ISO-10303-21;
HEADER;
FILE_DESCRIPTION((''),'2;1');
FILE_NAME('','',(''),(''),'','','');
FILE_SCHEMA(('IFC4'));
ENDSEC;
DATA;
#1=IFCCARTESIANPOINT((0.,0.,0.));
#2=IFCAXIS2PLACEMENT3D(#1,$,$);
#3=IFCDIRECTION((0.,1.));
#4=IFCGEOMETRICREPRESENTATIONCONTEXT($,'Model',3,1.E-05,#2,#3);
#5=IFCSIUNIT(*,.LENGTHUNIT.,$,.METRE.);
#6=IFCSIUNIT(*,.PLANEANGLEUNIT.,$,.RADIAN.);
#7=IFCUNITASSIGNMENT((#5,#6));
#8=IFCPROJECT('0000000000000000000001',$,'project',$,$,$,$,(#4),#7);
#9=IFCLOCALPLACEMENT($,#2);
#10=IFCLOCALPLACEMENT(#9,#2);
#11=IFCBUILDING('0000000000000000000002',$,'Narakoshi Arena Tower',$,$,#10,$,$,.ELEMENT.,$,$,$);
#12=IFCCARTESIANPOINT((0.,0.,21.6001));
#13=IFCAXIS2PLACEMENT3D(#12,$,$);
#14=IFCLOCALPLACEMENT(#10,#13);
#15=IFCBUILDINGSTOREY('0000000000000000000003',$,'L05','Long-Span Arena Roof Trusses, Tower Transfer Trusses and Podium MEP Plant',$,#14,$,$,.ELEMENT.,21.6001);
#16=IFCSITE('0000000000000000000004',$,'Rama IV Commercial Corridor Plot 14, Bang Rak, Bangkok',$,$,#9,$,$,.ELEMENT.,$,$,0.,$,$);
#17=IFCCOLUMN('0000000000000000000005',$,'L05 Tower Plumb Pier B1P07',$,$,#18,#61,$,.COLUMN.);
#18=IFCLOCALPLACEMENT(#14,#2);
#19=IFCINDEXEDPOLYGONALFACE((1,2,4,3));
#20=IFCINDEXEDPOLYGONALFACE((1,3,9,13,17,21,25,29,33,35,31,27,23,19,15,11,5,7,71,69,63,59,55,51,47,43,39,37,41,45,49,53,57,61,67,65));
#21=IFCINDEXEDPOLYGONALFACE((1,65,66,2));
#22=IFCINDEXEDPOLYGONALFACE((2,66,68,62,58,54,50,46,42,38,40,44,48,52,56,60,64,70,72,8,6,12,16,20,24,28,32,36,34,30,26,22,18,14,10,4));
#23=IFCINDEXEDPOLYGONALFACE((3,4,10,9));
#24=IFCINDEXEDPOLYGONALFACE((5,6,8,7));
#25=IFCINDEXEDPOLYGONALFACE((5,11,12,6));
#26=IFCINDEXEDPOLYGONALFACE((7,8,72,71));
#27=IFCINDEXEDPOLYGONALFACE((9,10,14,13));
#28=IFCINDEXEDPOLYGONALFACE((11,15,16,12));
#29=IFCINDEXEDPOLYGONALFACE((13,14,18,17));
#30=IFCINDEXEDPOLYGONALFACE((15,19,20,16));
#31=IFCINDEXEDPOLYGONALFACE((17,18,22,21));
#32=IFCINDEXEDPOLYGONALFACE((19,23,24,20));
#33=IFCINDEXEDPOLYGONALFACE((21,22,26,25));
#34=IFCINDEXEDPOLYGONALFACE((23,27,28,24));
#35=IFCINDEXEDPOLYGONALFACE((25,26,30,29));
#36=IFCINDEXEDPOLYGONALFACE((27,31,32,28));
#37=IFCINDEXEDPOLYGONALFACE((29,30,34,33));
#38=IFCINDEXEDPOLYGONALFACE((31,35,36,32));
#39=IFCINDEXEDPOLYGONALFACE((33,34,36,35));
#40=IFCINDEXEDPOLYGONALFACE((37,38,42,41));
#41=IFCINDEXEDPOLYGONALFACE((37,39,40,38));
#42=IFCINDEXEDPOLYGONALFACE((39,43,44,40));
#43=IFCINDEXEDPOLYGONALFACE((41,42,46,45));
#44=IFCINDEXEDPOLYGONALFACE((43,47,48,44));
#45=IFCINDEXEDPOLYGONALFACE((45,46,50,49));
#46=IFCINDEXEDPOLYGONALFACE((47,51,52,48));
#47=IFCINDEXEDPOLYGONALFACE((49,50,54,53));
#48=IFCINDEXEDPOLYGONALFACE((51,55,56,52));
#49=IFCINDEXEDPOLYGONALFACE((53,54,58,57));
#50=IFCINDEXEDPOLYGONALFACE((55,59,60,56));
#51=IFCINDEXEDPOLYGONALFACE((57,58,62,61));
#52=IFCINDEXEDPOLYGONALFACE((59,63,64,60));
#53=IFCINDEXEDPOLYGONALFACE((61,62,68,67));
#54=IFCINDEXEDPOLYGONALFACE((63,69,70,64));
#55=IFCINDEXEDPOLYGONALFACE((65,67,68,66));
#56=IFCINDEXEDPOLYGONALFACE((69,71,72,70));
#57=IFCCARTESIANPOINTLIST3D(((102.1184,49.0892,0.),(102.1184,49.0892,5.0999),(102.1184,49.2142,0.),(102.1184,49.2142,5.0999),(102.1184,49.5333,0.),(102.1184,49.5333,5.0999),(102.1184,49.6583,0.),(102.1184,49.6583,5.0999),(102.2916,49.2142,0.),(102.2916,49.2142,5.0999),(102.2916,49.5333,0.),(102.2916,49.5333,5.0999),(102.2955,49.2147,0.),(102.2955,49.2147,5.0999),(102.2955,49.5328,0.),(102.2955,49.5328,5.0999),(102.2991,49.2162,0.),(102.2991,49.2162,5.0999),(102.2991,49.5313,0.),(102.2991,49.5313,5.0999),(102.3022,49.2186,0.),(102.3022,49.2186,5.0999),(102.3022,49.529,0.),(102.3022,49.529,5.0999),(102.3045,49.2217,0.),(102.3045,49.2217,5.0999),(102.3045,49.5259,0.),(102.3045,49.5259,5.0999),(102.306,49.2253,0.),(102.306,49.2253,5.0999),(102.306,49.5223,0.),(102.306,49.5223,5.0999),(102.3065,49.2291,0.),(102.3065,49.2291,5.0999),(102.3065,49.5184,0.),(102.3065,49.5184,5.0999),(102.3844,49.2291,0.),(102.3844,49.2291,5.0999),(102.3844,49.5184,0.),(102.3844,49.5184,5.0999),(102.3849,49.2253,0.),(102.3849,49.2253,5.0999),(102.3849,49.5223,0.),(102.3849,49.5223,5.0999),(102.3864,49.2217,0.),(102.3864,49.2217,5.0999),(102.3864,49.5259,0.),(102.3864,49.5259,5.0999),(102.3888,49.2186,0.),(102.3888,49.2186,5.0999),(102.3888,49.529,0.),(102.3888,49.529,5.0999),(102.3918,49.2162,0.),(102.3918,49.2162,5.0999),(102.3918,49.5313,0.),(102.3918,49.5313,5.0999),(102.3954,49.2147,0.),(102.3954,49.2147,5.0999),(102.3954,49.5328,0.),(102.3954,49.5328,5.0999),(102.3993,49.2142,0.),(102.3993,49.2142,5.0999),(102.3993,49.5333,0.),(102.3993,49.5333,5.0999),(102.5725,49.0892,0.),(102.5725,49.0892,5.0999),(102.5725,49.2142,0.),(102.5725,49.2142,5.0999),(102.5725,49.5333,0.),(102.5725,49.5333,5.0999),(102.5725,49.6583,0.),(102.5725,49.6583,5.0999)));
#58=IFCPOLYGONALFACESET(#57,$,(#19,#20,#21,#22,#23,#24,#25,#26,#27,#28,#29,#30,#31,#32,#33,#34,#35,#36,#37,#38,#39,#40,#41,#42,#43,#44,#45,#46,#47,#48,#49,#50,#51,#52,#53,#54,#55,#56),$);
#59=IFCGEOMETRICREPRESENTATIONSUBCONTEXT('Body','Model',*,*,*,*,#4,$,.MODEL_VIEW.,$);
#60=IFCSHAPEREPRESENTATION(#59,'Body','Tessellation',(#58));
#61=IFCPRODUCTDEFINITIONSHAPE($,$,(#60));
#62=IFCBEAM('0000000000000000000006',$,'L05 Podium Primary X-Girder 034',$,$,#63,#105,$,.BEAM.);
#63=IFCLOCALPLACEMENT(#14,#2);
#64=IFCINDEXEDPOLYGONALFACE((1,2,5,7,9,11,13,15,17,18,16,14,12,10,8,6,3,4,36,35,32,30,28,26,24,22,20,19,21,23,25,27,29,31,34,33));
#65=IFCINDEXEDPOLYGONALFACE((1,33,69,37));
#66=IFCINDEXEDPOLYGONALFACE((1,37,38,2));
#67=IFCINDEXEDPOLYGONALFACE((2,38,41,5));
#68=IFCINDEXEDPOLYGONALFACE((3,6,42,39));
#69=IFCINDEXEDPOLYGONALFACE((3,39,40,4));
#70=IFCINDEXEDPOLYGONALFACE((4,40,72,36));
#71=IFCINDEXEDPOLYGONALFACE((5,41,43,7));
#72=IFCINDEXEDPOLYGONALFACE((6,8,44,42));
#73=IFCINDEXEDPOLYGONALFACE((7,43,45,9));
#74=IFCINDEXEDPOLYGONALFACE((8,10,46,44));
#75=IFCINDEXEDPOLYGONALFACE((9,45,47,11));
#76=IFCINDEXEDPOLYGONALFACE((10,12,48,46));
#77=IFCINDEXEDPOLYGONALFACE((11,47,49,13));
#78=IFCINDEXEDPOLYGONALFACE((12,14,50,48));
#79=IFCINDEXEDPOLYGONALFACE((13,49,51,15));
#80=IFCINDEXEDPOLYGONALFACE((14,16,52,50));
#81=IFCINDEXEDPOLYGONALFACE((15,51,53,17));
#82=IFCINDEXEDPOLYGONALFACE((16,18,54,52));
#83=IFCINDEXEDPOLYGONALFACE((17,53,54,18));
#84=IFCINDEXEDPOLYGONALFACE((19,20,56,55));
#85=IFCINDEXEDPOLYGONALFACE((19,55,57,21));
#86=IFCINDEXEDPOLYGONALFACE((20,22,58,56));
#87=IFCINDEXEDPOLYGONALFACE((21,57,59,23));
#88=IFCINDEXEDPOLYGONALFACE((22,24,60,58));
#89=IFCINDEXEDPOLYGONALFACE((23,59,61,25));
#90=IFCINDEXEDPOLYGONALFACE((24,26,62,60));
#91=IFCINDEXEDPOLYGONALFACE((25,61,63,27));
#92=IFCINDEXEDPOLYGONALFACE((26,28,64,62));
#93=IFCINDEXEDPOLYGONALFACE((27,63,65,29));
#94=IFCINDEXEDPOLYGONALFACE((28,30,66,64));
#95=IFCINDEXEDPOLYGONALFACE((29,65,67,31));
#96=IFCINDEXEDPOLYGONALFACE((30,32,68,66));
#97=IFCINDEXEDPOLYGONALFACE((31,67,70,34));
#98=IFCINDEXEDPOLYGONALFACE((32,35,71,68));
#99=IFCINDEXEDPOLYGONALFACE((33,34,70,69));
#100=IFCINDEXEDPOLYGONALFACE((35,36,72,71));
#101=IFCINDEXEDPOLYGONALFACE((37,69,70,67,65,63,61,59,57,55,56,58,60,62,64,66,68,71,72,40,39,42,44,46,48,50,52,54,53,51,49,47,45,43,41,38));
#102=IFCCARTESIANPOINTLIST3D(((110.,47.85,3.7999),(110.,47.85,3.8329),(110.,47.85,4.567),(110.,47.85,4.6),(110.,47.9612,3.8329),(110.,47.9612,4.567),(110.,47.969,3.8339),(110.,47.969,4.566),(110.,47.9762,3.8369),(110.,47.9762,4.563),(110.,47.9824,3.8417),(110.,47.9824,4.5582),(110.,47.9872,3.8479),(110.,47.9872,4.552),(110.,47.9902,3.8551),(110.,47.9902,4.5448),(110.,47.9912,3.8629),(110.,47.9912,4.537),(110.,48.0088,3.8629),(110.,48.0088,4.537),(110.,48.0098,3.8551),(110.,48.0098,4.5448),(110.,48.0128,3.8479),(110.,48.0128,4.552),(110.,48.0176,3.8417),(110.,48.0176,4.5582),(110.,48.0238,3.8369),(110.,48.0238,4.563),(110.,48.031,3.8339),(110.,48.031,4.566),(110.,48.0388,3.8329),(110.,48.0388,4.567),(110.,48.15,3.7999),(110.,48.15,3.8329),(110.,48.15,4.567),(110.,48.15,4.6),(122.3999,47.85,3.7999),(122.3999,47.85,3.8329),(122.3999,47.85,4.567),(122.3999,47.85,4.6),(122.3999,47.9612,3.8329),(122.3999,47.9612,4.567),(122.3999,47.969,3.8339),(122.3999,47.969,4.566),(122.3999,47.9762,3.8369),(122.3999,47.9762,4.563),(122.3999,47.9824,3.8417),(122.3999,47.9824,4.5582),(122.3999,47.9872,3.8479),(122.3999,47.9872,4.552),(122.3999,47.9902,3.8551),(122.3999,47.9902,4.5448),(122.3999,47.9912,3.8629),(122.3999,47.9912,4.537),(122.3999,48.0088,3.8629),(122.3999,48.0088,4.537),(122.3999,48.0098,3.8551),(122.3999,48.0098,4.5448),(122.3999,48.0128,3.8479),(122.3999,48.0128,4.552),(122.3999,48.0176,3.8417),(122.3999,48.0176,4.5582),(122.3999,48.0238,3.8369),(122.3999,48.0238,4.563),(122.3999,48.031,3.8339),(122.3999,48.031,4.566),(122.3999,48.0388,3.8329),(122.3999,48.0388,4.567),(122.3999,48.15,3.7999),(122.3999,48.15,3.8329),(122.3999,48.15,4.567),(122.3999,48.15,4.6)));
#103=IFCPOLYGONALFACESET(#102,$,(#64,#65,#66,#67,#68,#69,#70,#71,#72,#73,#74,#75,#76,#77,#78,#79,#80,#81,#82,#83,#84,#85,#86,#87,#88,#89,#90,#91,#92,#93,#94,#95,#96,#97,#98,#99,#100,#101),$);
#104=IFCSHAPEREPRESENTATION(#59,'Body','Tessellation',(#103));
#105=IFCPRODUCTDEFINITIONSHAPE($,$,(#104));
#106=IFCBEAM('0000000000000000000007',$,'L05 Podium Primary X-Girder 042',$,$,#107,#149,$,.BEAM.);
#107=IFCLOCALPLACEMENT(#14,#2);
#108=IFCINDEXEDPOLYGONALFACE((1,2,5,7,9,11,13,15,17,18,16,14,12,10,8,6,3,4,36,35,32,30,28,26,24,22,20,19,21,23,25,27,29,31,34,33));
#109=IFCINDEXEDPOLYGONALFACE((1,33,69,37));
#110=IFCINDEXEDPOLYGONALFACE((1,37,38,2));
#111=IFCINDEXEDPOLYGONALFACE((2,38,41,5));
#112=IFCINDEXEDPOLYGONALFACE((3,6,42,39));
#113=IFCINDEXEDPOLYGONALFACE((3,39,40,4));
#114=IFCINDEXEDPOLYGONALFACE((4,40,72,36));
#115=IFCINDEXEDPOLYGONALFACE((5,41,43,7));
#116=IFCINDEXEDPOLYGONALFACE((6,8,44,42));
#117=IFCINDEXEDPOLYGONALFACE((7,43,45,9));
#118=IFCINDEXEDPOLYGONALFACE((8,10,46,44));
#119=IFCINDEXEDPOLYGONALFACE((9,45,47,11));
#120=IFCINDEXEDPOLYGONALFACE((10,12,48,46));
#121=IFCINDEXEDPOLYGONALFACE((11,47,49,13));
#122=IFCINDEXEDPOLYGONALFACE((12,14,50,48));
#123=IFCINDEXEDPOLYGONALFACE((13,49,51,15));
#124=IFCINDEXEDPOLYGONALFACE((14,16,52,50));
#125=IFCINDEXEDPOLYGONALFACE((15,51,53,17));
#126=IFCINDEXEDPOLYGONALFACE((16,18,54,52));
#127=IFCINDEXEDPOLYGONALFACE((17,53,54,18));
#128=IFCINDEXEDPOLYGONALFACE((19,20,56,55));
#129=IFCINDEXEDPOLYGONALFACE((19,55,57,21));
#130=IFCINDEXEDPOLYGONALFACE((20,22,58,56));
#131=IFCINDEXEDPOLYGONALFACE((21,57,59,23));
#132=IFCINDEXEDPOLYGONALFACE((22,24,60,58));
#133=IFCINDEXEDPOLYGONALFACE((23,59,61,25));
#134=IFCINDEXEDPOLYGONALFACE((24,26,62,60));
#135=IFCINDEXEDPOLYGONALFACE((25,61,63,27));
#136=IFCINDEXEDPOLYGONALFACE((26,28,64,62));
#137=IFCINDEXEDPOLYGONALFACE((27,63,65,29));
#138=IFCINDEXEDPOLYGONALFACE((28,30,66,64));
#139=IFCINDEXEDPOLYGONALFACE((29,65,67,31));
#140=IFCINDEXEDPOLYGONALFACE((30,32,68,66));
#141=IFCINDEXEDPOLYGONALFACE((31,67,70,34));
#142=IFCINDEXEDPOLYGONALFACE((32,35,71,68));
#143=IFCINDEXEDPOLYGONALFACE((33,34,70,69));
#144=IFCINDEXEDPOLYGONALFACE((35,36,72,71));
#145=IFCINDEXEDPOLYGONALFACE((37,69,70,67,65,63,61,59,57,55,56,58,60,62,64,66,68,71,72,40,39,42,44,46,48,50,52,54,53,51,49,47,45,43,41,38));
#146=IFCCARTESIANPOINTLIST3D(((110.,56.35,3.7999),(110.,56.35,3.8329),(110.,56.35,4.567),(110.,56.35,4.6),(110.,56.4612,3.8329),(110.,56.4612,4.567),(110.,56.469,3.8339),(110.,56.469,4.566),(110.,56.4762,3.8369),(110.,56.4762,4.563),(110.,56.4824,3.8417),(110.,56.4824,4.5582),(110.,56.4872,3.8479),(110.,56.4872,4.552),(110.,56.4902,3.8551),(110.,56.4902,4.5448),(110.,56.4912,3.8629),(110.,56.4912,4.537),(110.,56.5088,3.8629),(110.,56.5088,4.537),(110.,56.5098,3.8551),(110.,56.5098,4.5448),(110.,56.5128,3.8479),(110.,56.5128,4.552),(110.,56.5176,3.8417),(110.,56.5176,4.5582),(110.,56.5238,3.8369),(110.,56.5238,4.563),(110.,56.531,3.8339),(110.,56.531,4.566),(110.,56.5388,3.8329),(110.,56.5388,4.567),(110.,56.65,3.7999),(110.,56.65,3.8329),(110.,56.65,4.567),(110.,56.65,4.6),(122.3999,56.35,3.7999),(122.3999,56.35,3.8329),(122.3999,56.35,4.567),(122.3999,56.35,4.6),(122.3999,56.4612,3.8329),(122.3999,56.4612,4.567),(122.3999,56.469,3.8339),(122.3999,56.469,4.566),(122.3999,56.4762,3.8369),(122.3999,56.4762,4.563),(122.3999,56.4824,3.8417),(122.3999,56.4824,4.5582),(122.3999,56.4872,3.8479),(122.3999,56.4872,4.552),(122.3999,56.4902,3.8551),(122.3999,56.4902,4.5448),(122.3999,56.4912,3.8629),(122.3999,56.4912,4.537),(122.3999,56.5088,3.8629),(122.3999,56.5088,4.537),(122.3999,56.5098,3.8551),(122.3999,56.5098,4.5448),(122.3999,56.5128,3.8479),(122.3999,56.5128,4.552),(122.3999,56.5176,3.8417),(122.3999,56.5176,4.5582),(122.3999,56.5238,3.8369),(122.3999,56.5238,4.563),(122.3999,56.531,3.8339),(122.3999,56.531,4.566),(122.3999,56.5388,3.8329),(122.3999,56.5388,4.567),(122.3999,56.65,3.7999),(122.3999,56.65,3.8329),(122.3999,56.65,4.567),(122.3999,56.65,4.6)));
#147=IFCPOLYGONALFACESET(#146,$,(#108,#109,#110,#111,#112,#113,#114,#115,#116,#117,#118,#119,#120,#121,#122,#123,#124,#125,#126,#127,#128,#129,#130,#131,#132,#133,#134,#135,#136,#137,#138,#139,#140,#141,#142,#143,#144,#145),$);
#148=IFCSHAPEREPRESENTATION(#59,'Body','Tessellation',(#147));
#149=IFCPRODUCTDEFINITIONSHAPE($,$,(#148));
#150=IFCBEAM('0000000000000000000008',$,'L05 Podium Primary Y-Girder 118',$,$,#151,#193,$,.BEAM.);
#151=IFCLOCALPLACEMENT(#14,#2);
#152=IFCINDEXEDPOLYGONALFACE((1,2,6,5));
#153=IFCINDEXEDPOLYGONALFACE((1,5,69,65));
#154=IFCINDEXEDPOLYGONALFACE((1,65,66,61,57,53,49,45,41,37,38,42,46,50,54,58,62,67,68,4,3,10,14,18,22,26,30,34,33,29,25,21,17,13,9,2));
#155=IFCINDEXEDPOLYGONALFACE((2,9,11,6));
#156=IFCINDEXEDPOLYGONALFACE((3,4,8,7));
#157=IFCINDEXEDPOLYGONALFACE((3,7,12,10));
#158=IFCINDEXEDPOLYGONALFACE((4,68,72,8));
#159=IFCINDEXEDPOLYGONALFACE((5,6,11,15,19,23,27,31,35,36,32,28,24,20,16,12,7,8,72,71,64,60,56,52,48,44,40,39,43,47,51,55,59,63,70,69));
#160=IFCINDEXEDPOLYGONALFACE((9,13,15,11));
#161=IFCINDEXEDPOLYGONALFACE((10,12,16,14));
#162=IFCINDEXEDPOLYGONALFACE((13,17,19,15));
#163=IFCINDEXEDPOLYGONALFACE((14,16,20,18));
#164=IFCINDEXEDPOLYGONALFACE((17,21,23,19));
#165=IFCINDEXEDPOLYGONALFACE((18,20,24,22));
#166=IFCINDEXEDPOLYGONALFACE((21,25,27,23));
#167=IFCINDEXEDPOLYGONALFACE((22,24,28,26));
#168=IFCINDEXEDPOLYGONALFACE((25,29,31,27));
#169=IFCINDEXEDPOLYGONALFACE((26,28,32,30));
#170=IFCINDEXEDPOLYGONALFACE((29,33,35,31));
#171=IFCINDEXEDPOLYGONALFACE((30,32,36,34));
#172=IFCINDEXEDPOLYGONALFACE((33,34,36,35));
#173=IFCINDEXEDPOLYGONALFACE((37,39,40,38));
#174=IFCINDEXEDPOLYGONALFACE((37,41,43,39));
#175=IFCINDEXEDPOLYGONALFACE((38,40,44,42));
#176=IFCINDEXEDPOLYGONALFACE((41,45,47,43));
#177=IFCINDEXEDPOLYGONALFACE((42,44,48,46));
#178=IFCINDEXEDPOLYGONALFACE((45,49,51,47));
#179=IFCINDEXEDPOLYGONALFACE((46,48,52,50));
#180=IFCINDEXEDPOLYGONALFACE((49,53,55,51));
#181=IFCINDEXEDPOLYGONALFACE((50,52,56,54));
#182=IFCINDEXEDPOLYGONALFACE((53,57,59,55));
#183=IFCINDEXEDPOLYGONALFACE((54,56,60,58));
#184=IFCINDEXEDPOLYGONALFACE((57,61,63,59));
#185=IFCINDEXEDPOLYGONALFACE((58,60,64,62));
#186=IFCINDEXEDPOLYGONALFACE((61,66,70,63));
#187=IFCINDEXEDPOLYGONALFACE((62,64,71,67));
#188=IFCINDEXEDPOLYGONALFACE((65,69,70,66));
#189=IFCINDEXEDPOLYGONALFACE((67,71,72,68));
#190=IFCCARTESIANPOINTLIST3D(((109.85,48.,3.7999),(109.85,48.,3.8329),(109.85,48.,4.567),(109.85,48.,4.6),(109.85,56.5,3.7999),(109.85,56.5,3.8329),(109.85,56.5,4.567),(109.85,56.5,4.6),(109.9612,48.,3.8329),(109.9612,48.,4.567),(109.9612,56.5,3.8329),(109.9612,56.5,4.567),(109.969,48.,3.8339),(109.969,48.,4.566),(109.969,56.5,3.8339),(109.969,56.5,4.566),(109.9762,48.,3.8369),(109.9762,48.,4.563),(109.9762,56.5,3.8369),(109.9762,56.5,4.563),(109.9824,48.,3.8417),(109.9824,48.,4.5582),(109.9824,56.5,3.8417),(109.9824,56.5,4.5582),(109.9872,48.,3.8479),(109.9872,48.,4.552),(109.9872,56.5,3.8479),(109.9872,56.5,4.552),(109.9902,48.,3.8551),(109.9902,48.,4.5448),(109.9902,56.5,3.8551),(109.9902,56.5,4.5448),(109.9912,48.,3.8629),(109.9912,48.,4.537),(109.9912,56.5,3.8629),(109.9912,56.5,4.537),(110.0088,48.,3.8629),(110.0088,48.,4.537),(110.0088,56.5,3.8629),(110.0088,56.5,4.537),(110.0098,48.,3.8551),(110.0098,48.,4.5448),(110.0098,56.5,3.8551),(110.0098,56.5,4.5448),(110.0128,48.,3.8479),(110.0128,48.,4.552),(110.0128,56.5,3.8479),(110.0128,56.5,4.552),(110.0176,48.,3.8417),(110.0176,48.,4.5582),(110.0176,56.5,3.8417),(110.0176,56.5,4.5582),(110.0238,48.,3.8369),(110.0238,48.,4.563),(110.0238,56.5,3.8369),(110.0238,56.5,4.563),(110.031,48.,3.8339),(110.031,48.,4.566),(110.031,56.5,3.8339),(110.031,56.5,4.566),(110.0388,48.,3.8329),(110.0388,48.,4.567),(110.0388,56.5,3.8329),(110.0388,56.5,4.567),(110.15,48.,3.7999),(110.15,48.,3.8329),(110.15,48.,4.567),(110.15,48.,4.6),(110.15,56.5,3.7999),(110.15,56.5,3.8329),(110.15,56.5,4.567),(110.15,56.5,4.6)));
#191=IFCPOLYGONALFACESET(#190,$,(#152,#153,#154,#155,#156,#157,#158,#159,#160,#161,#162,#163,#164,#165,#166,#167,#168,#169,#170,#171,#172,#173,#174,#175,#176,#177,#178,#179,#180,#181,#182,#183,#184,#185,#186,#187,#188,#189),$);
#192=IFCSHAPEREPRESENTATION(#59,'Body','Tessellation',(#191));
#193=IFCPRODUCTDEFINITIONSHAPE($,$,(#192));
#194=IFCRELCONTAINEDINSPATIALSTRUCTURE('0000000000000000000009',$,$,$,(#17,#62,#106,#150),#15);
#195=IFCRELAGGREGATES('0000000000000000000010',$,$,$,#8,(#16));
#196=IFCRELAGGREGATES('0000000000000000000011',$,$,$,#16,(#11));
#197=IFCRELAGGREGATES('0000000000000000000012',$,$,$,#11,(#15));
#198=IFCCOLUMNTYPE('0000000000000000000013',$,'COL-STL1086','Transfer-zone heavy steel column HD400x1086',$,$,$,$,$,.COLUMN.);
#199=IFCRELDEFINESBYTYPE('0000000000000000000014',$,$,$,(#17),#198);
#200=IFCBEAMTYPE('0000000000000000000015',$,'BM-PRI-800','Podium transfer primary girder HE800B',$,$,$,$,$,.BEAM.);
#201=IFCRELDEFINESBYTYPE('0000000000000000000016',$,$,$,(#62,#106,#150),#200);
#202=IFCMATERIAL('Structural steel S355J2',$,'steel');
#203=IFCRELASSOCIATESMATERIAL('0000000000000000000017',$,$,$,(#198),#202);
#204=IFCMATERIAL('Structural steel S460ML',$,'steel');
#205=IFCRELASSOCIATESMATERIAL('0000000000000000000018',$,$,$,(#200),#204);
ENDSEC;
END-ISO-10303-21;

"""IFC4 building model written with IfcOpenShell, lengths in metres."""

from ifc_helpers import new_model, si_unit, direction, frame, origin, origin_2d, place, context, subcontext, project, spatial, i_section, extrude, material, material_profile, profile_set, type_object, element, save


model = new_model("IFC4")

# Units and contexts
model_context = context("Model", 3, precision=1e-05, world=origin(), true_north=direction((0.0, 1.0)))
body_context = subcontext(model_context, "Body", "Model", "MODEL_VIEW")
ifc_project = project(units=[si_unit("LENGTHUNIT", "METRE"), si_unit("PLANEANGLEUNIT", "RADIAN")], contexts=[model_context])

# Site, building, storey
site_placement = place(None, origin())
site = spatial("IfcSite", under=ifc_project, at=site_placement, Name="Rama IV Commercial Corridor Plot 14, Bang Rak, Bangkok", CompositionType="ELEMENT", RefElevation=0.0)
building_placement = place(site_placement, origin())
building = spatial("IfcBuilding", under=site, at=building_placement, Name="Narakoshi Arena Tower", CompositionType="ELEMENT")
storey_placement = place(building_placement, frame((0.0, 0.0, 21.6001)))
storey = spatial("IfcBuildingStorey", under=building, at=storey_placement, Name="L05", Description="Long-Span Arena Roof Trusses, Tower Transfer Trusses and Podium MEP Plant", CompositionType="ELEMENT", Elevation=21.6001)

# Column
ifc_material_1 = material(Name="Structural steel S355J2", Category="steel")
ifc_material_profile_1 = material_profile(ifc_material_1, i_section(OverallWidth=0.4541, OverallDepth=0.5691, WebThickness=0.0779, FlangeThickness=0.125, FilletRadius=0.0149, at=origin_2d()), Name="HD400x1086")
ifc_profile_set_1 = profile_set([ifc_material_profile_1], Name="Structural steel S355J2")
column_type = type_object("IfcColumnType", Name="COL-STL1086", Description="Transfer-zone heavy steel column HD400x1086", PredefinedType="COLUMN", material=ifc_profile_set_1)
column_placement = place(storey_placement, frame((102.3455, 49.3738, 0.0), z_axis=(0.0, 0.0, 1.0), x_axis=(1.0, 0.0, 0.0)))
element("IfcColumn", 1, at=column_placement, inside=storey, type_object=column_type, Name="L05 Tower Plumb Pier B1P07", PredefinedType="COLUMN", context=body_context, shape_type="SweptSolid", body=[
    extrude(i_section(OverallWidth=0.4541, OverallDepth=0.5691, WebThickness=0.0779, FlangeThickness=0.125, FilletRadius=0.0149, at=origin_2d()), origin(), (0.0, 0.0, 1.0), 5.0999),
])

# Beams
ifc_material_2 = material(Name="Structural steel S460ML", Category="steel")
ifc_material_profile_2 = material_profile(ifc_material_2, i_section(OverallWidth=0.3, OverallDepth=0.8, WebThickness=0.0176, FlangeThickness=0.033, FilletRadius=0.03, at=origin_2d()), Name="HE800B")
ifc_profile_set_2 = profile_set([ifc_material_profile_2], Name="Structural steel S460ML")
beam_type_1 = type_object("IfcBeamType", Name="BM-PRI-800", Description="Podium transfer primary girder HE800B", PredefinedType="BEAM", material=ifc_profile_set_2)
for number, where, z_axis, x_axis, name in (
    (2, (110.0, 48.0, 4.2), (1.0, 0.0, 0.0), (0.0, 1.0, 0.0), "L05 Podium Primary X-Girder 034"),
    (3, (110.0, 56.5, 4.2), (1.0, 0.0, 0.0), (0.0, 1.0, 0.0), "L05 Podium Primary X-Girder 042"),
):
    element("IfcBeam", number, at=place(storey_placement, frame(where, z_axis=z_axis, x_axis=x_axis)), inside=storey, type_object=beam_type_1, Name=name, PredefinedType="BEAM", context=body_context, shape_type="SweptSolid", body=[
        extrude(i_section(OverallWidth=0.3, OverallDepth=0.8, WebThickness=0.0176, FlangeThickness=0.033, FilletRadius=0.03, at=origin_2d()), origin(), (0.0, 0.0, 1.0), 12.3999),
    ])
beam_1_placement = place(storey_placement, frame((110.0, 48.0, 4.2), z_axis=(0.0, 1.0, 0.0), x_axis=(-1.0, 0.0, 0.0)))
element("IfcBeam", 4, at=beam_1_placement, inside=storey, type_object=beam_type_1, Name="L05 Podium Primary Y-Girder 118", PredefinedType="BEAM", context=body_context, shape_type="SweptSolid", body=[
    extrude(i_section(OverallWidth=0.3, OverallDepth=0.8, WebThickness=0.0176, FlangeThickness=0.033, FilletRadius=0.03, at=origin_2d()), origin(), (0.0, 0.0, 1.0), 8.5),
])

save(model, "model.ifc")
